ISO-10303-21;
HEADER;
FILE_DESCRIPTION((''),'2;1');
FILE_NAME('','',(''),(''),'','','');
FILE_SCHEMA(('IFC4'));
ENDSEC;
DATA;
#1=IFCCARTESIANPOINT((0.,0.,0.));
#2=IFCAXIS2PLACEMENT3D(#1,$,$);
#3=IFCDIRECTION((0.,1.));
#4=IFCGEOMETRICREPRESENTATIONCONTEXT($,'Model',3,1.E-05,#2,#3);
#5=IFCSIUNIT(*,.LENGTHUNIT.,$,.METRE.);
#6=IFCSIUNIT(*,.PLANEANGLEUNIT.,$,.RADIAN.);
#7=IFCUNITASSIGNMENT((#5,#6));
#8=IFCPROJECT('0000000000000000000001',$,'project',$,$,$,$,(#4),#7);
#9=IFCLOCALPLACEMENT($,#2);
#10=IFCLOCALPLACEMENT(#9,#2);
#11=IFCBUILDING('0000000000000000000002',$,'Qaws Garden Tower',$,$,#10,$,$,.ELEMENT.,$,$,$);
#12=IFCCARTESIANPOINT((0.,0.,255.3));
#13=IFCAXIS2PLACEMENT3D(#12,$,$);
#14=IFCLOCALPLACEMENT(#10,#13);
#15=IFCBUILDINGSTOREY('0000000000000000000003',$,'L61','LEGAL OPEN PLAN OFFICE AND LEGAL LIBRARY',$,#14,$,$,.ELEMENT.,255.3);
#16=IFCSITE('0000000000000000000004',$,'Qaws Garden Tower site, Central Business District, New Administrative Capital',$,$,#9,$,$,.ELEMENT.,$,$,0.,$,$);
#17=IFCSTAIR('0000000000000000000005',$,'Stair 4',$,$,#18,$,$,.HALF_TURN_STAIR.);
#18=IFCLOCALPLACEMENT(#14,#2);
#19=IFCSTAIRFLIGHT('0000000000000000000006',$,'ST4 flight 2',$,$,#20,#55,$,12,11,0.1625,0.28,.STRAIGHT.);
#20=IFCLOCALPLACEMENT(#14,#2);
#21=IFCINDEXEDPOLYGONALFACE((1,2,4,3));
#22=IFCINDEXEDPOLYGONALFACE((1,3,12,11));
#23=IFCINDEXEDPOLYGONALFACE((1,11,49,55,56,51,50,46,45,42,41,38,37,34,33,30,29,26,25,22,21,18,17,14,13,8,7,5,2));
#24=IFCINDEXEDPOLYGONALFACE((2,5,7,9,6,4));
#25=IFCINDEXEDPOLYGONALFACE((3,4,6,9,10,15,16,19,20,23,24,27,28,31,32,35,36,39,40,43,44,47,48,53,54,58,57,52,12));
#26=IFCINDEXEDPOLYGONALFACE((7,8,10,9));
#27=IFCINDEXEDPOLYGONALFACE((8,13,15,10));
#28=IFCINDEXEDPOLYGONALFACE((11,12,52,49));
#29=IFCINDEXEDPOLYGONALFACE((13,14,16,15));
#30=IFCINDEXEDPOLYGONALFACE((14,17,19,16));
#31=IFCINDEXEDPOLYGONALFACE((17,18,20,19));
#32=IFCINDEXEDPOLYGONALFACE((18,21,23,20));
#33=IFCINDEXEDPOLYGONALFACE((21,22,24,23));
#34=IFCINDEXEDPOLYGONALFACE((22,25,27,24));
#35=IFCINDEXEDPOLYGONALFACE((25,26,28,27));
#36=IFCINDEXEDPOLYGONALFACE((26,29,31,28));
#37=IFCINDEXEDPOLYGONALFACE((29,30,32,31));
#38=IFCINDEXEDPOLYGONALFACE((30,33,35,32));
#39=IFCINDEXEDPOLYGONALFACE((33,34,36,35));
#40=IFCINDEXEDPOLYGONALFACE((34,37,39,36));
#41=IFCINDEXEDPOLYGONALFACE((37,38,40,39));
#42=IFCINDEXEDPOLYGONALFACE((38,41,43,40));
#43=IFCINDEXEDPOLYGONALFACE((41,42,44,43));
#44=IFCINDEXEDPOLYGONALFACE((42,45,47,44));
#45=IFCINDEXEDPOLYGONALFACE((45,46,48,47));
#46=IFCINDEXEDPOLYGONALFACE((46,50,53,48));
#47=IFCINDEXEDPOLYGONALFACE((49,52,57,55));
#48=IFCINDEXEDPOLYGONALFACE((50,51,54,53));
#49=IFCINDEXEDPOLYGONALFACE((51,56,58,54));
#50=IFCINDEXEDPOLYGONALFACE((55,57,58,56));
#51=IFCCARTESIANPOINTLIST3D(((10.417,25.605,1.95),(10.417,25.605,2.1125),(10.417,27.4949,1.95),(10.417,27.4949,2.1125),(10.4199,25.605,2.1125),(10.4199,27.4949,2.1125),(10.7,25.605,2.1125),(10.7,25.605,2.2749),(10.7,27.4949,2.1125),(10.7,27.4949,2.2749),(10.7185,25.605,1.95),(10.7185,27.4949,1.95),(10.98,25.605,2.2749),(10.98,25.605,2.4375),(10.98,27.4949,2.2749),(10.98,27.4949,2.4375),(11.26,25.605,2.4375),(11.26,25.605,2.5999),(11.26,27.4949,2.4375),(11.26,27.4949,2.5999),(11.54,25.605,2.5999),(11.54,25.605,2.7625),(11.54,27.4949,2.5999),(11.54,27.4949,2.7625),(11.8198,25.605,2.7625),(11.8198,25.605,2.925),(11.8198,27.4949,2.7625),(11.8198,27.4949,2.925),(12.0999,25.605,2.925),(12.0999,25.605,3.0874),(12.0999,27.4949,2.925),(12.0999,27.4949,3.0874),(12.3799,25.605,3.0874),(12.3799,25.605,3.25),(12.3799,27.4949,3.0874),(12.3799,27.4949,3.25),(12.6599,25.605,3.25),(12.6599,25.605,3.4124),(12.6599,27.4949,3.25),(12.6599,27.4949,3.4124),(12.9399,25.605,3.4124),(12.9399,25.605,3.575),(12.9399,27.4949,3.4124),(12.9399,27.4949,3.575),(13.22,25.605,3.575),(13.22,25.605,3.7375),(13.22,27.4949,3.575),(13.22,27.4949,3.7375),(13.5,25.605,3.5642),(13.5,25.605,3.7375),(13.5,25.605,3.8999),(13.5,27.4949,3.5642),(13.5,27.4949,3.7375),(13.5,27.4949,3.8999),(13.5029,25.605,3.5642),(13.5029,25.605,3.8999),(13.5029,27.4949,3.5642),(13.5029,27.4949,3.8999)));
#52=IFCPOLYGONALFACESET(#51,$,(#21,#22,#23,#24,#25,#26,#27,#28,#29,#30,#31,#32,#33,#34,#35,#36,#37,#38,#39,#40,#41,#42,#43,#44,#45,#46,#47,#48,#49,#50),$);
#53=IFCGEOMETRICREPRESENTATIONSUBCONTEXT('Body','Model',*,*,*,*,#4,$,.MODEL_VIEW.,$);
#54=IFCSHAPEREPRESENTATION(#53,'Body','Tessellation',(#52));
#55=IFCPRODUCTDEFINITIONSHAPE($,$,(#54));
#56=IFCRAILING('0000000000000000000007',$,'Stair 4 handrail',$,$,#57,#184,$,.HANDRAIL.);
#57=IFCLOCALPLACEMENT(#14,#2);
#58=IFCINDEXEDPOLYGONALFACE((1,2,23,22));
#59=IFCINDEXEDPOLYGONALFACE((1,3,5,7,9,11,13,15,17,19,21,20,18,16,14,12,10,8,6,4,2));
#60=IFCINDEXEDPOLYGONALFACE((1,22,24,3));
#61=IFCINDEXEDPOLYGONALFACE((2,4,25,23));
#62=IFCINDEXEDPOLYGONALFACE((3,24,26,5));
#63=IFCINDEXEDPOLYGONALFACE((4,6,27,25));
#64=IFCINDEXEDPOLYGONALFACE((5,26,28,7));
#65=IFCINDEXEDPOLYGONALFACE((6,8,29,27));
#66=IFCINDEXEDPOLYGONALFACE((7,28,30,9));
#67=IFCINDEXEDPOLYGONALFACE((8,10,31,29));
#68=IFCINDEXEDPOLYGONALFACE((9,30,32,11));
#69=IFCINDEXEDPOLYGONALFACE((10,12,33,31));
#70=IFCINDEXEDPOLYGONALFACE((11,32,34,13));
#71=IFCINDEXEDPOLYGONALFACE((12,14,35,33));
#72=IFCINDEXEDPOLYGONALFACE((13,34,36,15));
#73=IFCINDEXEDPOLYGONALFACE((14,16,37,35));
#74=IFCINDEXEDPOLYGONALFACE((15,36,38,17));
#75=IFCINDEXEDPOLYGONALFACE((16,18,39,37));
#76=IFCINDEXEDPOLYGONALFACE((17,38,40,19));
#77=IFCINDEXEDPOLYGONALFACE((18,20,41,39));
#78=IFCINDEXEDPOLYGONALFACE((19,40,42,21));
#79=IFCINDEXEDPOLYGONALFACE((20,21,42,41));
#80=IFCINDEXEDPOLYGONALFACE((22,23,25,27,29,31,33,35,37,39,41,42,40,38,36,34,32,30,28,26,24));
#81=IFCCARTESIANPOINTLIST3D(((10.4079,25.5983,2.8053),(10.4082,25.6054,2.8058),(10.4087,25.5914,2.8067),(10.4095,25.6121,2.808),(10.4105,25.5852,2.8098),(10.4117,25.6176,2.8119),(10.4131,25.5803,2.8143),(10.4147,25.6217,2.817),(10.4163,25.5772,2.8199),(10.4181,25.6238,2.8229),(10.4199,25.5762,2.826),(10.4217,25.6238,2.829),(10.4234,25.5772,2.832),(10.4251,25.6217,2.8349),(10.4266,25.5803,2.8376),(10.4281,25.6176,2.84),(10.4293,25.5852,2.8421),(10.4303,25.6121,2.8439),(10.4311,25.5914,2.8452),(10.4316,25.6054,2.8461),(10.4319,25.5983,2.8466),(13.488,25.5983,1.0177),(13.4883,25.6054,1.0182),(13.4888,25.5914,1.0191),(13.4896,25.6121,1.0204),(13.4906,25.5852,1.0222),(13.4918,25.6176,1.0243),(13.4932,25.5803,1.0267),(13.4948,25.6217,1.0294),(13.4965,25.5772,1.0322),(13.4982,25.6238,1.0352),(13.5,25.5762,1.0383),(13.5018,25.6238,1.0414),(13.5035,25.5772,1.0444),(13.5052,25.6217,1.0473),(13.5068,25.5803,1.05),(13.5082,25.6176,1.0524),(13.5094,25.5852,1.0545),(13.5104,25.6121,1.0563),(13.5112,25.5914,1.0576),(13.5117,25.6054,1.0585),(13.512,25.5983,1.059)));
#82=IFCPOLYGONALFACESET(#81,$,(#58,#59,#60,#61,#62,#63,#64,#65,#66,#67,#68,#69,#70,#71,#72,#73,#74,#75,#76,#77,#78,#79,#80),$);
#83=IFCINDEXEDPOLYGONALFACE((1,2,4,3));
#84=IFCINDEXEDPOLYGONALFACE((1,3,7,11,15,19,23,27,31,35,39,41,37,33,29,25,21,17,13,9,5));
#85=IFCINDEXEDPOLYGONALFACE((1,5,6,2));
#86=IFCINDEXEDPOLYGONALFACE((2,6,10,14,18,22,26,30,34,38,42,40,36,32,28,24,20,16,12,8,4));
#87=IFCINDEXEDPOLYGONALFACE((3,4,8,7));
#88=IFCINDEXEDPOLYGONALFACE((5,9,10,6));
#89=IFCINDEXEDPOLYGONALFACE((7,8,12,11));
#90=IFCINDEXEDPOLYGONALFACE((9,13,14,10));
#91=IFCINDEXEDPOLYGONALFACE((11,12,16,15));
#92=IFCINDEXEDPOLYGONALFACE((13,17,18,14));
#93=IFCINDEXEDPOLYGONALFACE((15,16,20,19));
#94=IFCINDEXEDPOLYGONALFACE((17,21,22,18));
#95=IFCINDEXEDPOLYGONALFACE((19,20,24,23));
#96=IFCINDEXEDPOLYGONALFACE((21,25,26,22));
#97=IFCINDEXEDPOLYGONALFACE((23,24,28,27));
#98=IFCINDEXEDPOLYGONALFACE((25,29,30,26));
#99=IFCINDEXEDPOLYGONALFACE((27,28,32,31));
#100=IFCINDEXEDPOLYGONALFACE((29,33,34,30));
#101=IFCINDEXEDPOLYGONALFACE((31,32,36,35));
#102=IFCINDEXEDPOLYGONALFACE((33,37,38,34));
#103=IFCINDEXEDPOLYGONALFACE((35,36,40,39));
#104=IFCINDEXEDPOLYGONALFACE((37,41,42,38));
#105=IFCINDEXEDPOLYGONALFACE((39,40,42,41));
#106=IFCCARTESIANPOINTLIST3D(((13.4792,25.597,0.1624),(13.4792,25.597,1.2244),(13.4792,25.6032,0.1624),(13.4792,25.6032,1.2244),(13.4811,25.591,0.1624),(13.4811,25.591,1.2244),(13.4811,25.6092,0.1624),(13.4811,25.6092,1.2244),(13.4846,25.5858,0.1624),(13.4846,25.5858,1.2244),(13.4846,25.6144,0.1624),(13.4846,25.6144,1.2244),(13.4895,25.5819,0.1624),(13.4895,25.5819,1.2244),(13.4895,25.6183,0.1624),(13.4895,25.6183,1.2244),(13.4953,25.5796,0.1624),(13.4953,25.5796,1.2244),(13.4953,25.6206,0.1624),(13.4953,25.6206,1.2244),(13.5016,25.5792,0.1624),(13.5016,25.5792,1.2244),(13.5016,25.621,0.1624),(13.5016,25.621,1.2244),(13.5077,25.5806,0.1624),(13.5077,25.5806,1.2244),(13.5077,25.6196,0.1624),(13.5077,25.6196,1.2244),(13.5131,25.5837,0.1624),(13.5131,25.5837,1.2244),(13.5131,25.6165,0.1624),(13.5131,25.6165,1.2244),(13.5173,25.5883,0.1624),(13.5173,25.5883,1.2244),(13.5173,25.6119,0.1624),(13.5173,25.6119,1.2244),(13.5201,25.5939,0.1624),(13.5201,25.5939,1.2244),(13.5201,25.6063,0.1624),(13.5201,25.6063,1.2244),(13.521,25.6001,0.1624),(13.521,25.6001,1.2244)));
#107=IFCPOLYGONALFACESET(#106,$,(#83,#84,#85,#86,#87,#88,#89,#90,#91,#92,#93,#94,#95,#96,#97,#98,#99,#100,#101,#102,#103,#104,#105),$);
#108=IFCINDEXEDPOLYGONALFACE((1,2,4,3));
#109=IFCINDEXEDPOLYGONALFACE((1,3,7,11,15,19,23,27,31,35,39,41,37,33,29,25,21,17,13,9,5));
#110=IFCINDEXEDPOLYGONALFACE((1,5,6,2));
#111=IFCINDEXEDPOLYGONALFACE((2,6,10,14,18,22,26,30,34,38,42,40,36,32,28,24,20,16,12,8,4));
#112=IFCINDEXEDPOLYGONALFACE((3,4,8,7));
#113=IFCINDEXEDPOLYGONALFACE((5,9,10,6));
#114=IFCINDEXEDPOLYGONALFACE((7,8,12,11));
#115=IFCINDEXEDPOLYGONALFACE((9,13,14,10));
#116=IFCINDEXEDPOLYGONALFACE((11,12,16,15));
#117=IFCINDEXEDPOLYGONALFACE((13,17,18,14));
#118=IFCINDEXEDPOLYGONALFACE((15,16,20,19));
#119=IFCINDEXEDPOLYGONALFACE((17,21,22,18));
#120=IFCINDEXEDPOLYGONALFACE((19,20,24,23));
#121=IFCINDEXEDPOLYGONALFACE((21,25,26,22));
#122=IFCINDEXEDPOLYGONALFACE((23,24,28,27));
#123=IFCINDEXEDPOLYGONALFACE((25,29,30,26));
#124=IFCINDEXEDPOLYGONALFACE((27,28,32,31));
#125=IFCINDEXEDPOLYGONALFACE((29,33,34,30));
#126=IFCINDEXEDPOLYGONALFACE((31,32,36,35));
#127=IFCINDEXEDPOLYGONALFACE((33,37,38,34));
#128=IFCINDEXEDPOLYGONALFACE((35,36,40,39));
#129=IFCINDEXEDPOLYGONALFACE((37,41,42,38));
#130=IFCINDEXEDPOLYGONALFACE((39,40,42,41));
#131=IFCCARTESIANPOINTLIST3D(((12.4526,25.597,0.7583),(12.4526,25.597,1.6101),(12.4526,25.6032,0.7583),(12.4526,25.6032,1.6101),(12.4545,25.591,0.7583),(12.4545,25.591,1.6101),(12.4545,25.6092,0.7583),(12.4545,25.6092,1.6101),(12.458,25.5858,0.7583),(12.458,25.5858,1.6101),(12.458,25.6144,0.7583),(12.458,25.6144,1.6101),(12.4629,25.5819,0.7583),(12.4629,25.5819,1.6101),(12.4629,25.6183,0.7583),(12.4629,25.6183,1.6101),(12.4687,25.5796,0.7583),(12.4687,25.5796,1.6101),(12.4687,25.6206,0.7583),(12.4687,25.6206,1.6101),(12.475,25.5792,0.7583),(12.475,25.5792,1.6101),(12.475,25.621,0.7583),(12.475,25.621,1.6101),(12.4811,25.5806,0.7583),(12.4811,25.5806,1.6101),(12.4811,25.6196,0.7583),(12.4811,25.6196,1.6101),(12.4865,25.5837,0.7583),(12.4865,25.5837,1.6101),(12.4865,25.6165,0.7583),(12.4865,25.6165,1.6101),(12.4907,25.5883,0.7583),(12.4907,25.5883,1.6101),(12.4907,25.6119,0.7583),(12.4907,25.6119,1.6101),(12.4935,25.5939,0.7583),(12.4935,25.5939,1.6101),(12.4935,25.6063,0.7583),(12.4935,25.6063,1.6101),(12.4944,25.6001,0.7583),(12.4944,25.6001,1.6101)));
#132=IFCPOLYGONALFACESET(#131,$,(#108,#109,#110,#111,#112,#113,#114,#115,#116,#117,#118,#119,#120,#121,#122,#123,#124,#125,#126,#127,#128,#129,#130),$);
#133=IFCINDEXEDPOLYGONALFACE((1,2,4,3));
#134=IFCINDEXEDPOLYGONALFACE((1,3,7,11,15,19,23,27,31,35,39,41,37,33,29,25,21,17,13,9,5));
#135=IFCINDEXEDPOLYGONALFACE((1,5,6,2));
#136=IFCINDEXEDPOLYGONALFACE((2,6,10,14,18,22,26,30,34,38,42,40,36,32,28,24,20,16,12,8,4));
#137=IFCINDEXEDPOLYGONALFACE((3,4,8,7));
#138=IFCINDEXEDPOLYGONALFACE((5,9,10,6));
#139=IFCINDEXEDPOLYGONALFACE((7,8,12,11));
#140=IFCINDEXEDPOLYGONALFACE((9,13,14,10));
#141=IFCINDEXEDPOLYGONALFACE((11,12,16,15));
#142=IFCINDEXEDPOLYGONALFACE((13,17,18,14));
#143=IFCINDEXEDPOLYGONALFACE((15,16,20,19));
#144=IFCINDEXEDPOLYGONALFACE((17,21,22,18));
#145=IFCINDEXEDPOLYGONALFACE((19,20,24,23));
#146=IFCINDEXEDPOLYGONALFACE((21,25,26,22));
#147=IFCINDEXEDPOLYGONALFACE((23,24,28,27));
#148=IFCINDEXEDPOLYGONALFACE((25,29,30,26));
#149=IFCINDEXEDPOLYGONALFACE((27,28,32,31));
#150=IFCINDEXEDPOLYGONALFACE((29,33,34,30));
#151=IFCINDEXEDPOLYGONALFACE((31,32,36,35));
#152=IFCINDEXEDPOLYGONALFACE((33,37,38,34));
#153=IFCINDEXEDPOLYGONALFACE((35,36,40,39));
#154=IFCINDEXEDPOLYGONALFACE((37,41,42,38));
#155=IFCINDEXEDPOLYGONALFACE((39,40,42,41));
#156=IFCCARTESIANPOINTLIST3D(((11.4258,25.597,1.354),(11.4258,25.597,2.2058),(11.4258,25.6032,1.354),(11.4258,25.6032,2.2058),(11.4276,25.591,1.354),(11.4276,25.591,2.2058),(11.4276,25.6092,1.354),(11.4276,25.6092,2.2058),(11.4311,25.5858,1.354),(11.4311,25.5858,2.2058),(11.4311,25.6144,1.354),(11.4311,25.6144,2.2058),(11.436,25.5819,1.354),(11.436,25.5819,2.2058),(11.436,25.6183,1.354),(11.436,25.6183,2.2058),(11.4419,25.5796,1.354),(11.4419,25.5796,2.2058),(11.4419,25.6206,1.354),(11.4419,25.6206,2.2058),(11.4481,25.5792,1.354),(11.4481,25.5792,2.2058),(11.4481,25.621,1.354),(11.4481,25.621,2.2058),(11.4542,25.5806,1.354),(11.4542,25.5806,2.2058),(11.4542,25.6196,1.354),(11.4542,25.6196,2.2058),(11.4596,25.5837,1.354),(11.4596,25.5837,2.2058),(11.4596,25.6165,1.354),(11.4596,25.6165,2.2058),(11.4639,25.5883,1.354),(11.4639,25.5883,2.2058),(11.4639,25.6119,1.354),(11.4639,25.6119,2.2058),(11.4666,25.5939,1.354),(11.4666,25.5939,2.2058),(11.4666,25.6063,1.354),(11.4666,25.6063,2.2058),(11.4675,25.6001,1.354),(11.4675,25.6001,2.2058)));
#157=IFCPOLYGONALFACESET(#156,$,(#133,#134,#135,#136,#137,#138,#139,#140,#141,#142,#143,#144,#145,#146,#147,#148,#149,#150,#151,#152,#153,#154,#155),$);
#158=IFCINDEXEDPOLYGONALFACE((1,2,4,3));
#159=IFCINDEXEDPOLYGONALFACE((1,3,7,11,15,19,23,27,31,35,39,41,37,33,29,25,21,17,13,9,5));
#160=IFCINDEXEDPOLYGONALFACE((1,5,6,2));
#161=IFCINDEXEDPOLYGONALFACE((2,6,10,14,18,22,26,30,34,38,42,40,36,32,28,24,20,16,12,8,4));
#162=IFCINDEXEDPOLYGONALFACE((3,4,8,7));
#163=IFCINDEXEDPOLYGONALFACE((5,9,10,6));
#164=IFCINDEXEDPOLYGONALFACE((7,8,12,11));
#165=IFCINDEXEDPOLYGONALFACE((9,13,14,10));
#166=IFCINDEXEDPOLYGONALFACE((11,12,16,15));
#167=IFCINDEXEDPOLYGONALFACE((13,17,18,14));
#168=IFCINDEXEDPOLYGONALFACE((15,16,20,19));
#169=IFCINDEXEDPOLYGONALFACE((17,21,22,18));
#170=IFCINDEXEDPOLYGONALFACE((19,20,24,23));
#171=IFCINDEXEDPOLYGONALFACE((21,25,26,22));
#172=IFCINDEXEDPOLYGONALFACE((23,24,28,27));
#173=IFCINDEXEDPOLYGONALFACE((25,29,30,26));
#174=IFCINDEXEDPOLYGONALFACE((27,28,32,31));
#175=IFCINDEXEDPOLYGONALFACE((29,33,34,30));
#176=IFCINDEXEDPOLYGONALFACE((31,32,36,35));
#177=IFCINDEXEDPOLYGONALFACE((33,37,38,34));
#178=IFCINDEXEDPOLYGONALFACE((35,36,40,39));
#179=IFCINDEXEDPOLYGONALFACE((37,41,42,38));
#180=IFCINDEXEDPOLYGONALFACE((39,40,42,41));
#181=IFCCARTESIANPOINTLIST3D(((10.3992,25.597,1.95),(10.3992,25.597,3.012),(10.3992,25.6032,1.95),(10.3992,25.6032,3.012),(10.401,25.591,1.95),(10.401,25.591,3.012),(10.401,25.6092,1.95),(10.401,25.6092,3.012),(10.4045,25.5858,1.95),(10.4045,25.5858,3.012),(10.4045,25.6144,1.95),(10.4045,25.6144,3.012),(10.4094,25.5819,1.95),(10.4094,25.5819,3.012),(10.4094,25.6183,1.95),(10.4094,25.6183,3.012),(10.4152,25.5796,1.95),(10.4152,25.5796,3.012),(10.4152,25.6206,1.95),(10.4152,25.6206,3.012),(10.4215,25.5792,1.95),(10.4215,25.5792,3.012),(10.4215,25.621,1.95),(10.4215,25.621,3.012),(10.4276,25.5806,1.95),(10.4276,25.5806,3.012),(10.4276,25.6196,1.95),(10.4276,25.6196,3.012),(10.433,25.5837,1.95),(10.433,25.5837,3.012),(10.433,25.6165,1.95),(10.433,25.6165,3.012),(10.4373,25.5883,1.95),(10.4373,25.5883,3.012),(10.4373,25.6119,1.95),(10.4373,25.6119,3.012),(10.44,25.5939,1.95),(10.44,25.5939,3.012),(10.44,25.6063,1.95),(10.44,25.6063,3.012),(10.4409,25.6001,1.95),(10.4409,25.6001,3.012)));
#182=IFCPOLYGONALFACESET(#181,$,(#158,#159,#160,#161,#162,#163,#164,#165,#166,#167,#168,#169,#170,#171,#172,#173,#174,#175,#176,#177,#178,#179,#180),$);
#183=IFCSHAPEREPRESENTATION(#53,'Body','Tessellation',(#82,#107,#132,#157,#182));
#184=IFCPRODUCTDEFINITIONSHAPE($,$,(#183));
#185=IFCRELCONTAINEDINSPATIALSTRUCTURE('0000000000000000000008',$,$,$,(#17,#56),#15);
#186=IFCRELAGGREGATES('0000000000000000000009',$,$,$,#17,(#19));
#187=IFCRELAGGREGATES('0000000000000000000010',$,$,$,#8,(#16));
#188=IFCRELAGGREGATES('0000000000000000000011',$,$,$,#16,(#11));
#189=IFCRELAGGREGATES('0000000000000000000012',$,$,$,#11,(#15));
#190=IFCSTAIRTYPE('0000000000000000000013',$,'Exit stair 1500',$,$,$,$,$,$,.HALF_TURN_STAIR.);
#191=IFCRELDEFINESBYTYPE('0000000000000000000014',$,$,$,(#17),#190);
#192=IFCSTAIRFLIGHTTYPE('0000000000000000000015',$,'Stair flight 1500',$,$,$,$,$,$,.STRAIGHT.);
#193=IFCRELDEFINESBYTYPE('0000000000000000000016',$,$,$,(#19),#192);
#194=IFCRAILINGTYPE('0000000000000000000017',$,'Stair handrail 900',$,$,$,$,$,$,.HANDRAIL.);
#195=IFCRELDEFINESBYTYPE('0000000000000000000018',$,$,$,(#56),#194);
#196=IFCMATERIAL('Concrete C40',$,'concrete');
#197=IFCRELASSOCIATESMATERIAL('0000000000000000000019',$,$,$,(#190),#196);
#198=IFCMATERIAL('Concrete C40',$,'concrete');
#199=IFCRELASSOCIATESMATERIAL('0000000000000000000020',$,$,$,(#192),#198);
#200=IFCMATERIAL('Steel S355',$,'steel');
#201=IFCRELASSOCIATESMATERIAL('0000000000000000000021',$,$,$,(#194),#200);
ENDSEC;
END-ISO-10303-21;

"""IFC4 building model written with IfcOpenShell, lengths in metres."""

from ifc_helpers import new_model, si_unit, direction, frame, origin, origin_2d, place, context, subcontext, project, spatial, polyline, circle, outline, extrude, material, type_object, element, aggregate, save


model = new_model("IFC4")

# Units and contexts
model_context = context("Model", 3, precision=1e-05, world=origin(), true_north=direction((0.0, 1.0)))
body_context = subcontext(model_context, "Body", "Model", "MODEL_VIEW")
ifc_project = project(units=[si_unit("LENGTHUNIT", "METRE"), si_unit("PLANEANGLEUNIT", "RADIAN")], contexts=[model_context])

# Site, building, storey
site_placement = place(None, origin())
site = spatial("IfcSite", under=ifc_project, at=site_placement, Name="Qaws Garden Tower site, Central Business District, New Administrative Capital", CompositionType="ELEMENT", RefElevation=0.0)
building_placement = place(site_placement, origin())
building = spatial("IfcBuilding", under=site, at=building_placement, Name="Qaws Garden Tower", CompositionType="ELEMENT")
storey_placement = place(building_placement, frame((0.0, 0.0, 255.3)))
storey = spatial("IfcBuildingStorey", under=building, at=storey_placement, Name="L61", Description="LEGAL OPEN PLAN OFFICE AND LEGAL LIBRARY", CompositionType="ELEMENT", Elevation=255.3)

# Stair, stair flight
ifc_material_1 = material(Name="Concrete C40", Category="concrete")
stair_type = type_object("IfcStairType", Name="Exit stair 1500", PredefinedType="HALF_TURN_STAIR", material=ifc_material_1)
stair_placement = place(storey_placement, origin())
stair = element("IfcStair", 1, at=stair_placement, inside=storey, type_object=stair_type, Name="Stair 4", PredefinedType="HALF_TURN_STAIR")
ifc_material_2 = material(Name="Concrete C40", Category="concrete")
stair_flight_type = type_object("IfcStairFlightType", Name="Stair flight 1500", PredefinedType="STRAIGHT", material=ifc_material_2)
stair_flight_1_placement = place(storey_placement, frame((10.4199, 26.55, 1.95), z_axis=(0.0, 0.0, 1.0), x_axis=(1.0, 0.0, 0.0)))
stair_flight_1 = element("IfcStairFlight", 2, at=stair_flight_1_placement, type_object=stair_flight_type, Name="ST4 flight 2", NumberOfRisers=12, NumberOfTreads=11, PredefinedType="STRAIGHT", RiserHeight=0.1625, TreadLength=0.28, context=body_context, shape_type="SweptSolid", body=[
    extrude(outline(polyline([(-0.0029, 0.0), (-0.0029, 0.1626), (0.0, 0.1626), (0.28, 0.1626), (0.28, 0.325), (0.5601, 0.325), (0.5601, 0.4875), (0.8401, 0.4875), (0.8401, 0.6499), (1.1201, 0.6499), (1.1201, 0.8125), (1.3999, 0.8125), (1.3999, 0.9751), (1.6799, 0.9751), (1.6799, 1.1375), (1.96, 1.1375), (1.96, 1.3), (2.24, 1.3), (2.24, 1.4624), (2.52, 1.4624), (2.52, 1.625), (2.8, 1.625), (2.8, 1.7876), (3.0801, 1.7876), (3.0801, 1.95), (3.083, 1.95), (3.083, 1.6143), (3.0801, 1.6143), (0.2986, 0.0), (-0.0029, 0.0)])), frame((0.0, 0.9448, 0.0), z_axis=(0.0, -1.0, 0.0), x_axis=(1.0, 0.0, 0.0)), (0.0, 0.0, 1.0), 1.8899),
])
aggregate(stair, [stair_flight_1])

# Railing
ifc_material_3 = material(Name="Steel S355", Category="steel")
railing_type = type_object("IfcRailingType", Name="Stair handrail 900", PredefinedType="HANDRAIL", material=ifc_material_3)
railing_1_placement = place(storey_placement, frame((13.5, 25.6001, 0.1624)))
element("IfcRailing", 3, at=railing_1_placement, inside=storey, type_object=railing_type, Name="Stair 4 handrail", PredefinedType="HANDRAIL", context=body_context, shape_type="SweptSolid", body=[
    extrude(circle(Radius=0.0239, at=origin_2d()), frame((0.0, 0.0, 0.876), z_axis=(-0.864891, 0.0, 0.50196), x_axis=(0.0, -1.0, 0.0)), (0.0, 0.0, 1.0), 3.5613),
    extrude(circle(Radius=0.021, at=origin_2d()), origin(), (0.0, 0.0, 1.0), 1.062),
    extrude(circle(Radius=0.021, at=origin_2d()), frame((-1.0266, 0.0, 0.5959)), (0.0, 0.0, 1.0), 0.8518),
    extrude(circle(Radius=0.021, at=origin_2d()), frame((-2.0535, 0.0, 1.1917)), (0.0, 0.0, 1.0), 0.8518),
    extrude(circle(Radius=0.021, at=origin_2d()), frame((-3.0801, 0.0, 1.7876)), (0.0, 0.0, 1.0), 1.062),
])

save(model, "model.ifc")
